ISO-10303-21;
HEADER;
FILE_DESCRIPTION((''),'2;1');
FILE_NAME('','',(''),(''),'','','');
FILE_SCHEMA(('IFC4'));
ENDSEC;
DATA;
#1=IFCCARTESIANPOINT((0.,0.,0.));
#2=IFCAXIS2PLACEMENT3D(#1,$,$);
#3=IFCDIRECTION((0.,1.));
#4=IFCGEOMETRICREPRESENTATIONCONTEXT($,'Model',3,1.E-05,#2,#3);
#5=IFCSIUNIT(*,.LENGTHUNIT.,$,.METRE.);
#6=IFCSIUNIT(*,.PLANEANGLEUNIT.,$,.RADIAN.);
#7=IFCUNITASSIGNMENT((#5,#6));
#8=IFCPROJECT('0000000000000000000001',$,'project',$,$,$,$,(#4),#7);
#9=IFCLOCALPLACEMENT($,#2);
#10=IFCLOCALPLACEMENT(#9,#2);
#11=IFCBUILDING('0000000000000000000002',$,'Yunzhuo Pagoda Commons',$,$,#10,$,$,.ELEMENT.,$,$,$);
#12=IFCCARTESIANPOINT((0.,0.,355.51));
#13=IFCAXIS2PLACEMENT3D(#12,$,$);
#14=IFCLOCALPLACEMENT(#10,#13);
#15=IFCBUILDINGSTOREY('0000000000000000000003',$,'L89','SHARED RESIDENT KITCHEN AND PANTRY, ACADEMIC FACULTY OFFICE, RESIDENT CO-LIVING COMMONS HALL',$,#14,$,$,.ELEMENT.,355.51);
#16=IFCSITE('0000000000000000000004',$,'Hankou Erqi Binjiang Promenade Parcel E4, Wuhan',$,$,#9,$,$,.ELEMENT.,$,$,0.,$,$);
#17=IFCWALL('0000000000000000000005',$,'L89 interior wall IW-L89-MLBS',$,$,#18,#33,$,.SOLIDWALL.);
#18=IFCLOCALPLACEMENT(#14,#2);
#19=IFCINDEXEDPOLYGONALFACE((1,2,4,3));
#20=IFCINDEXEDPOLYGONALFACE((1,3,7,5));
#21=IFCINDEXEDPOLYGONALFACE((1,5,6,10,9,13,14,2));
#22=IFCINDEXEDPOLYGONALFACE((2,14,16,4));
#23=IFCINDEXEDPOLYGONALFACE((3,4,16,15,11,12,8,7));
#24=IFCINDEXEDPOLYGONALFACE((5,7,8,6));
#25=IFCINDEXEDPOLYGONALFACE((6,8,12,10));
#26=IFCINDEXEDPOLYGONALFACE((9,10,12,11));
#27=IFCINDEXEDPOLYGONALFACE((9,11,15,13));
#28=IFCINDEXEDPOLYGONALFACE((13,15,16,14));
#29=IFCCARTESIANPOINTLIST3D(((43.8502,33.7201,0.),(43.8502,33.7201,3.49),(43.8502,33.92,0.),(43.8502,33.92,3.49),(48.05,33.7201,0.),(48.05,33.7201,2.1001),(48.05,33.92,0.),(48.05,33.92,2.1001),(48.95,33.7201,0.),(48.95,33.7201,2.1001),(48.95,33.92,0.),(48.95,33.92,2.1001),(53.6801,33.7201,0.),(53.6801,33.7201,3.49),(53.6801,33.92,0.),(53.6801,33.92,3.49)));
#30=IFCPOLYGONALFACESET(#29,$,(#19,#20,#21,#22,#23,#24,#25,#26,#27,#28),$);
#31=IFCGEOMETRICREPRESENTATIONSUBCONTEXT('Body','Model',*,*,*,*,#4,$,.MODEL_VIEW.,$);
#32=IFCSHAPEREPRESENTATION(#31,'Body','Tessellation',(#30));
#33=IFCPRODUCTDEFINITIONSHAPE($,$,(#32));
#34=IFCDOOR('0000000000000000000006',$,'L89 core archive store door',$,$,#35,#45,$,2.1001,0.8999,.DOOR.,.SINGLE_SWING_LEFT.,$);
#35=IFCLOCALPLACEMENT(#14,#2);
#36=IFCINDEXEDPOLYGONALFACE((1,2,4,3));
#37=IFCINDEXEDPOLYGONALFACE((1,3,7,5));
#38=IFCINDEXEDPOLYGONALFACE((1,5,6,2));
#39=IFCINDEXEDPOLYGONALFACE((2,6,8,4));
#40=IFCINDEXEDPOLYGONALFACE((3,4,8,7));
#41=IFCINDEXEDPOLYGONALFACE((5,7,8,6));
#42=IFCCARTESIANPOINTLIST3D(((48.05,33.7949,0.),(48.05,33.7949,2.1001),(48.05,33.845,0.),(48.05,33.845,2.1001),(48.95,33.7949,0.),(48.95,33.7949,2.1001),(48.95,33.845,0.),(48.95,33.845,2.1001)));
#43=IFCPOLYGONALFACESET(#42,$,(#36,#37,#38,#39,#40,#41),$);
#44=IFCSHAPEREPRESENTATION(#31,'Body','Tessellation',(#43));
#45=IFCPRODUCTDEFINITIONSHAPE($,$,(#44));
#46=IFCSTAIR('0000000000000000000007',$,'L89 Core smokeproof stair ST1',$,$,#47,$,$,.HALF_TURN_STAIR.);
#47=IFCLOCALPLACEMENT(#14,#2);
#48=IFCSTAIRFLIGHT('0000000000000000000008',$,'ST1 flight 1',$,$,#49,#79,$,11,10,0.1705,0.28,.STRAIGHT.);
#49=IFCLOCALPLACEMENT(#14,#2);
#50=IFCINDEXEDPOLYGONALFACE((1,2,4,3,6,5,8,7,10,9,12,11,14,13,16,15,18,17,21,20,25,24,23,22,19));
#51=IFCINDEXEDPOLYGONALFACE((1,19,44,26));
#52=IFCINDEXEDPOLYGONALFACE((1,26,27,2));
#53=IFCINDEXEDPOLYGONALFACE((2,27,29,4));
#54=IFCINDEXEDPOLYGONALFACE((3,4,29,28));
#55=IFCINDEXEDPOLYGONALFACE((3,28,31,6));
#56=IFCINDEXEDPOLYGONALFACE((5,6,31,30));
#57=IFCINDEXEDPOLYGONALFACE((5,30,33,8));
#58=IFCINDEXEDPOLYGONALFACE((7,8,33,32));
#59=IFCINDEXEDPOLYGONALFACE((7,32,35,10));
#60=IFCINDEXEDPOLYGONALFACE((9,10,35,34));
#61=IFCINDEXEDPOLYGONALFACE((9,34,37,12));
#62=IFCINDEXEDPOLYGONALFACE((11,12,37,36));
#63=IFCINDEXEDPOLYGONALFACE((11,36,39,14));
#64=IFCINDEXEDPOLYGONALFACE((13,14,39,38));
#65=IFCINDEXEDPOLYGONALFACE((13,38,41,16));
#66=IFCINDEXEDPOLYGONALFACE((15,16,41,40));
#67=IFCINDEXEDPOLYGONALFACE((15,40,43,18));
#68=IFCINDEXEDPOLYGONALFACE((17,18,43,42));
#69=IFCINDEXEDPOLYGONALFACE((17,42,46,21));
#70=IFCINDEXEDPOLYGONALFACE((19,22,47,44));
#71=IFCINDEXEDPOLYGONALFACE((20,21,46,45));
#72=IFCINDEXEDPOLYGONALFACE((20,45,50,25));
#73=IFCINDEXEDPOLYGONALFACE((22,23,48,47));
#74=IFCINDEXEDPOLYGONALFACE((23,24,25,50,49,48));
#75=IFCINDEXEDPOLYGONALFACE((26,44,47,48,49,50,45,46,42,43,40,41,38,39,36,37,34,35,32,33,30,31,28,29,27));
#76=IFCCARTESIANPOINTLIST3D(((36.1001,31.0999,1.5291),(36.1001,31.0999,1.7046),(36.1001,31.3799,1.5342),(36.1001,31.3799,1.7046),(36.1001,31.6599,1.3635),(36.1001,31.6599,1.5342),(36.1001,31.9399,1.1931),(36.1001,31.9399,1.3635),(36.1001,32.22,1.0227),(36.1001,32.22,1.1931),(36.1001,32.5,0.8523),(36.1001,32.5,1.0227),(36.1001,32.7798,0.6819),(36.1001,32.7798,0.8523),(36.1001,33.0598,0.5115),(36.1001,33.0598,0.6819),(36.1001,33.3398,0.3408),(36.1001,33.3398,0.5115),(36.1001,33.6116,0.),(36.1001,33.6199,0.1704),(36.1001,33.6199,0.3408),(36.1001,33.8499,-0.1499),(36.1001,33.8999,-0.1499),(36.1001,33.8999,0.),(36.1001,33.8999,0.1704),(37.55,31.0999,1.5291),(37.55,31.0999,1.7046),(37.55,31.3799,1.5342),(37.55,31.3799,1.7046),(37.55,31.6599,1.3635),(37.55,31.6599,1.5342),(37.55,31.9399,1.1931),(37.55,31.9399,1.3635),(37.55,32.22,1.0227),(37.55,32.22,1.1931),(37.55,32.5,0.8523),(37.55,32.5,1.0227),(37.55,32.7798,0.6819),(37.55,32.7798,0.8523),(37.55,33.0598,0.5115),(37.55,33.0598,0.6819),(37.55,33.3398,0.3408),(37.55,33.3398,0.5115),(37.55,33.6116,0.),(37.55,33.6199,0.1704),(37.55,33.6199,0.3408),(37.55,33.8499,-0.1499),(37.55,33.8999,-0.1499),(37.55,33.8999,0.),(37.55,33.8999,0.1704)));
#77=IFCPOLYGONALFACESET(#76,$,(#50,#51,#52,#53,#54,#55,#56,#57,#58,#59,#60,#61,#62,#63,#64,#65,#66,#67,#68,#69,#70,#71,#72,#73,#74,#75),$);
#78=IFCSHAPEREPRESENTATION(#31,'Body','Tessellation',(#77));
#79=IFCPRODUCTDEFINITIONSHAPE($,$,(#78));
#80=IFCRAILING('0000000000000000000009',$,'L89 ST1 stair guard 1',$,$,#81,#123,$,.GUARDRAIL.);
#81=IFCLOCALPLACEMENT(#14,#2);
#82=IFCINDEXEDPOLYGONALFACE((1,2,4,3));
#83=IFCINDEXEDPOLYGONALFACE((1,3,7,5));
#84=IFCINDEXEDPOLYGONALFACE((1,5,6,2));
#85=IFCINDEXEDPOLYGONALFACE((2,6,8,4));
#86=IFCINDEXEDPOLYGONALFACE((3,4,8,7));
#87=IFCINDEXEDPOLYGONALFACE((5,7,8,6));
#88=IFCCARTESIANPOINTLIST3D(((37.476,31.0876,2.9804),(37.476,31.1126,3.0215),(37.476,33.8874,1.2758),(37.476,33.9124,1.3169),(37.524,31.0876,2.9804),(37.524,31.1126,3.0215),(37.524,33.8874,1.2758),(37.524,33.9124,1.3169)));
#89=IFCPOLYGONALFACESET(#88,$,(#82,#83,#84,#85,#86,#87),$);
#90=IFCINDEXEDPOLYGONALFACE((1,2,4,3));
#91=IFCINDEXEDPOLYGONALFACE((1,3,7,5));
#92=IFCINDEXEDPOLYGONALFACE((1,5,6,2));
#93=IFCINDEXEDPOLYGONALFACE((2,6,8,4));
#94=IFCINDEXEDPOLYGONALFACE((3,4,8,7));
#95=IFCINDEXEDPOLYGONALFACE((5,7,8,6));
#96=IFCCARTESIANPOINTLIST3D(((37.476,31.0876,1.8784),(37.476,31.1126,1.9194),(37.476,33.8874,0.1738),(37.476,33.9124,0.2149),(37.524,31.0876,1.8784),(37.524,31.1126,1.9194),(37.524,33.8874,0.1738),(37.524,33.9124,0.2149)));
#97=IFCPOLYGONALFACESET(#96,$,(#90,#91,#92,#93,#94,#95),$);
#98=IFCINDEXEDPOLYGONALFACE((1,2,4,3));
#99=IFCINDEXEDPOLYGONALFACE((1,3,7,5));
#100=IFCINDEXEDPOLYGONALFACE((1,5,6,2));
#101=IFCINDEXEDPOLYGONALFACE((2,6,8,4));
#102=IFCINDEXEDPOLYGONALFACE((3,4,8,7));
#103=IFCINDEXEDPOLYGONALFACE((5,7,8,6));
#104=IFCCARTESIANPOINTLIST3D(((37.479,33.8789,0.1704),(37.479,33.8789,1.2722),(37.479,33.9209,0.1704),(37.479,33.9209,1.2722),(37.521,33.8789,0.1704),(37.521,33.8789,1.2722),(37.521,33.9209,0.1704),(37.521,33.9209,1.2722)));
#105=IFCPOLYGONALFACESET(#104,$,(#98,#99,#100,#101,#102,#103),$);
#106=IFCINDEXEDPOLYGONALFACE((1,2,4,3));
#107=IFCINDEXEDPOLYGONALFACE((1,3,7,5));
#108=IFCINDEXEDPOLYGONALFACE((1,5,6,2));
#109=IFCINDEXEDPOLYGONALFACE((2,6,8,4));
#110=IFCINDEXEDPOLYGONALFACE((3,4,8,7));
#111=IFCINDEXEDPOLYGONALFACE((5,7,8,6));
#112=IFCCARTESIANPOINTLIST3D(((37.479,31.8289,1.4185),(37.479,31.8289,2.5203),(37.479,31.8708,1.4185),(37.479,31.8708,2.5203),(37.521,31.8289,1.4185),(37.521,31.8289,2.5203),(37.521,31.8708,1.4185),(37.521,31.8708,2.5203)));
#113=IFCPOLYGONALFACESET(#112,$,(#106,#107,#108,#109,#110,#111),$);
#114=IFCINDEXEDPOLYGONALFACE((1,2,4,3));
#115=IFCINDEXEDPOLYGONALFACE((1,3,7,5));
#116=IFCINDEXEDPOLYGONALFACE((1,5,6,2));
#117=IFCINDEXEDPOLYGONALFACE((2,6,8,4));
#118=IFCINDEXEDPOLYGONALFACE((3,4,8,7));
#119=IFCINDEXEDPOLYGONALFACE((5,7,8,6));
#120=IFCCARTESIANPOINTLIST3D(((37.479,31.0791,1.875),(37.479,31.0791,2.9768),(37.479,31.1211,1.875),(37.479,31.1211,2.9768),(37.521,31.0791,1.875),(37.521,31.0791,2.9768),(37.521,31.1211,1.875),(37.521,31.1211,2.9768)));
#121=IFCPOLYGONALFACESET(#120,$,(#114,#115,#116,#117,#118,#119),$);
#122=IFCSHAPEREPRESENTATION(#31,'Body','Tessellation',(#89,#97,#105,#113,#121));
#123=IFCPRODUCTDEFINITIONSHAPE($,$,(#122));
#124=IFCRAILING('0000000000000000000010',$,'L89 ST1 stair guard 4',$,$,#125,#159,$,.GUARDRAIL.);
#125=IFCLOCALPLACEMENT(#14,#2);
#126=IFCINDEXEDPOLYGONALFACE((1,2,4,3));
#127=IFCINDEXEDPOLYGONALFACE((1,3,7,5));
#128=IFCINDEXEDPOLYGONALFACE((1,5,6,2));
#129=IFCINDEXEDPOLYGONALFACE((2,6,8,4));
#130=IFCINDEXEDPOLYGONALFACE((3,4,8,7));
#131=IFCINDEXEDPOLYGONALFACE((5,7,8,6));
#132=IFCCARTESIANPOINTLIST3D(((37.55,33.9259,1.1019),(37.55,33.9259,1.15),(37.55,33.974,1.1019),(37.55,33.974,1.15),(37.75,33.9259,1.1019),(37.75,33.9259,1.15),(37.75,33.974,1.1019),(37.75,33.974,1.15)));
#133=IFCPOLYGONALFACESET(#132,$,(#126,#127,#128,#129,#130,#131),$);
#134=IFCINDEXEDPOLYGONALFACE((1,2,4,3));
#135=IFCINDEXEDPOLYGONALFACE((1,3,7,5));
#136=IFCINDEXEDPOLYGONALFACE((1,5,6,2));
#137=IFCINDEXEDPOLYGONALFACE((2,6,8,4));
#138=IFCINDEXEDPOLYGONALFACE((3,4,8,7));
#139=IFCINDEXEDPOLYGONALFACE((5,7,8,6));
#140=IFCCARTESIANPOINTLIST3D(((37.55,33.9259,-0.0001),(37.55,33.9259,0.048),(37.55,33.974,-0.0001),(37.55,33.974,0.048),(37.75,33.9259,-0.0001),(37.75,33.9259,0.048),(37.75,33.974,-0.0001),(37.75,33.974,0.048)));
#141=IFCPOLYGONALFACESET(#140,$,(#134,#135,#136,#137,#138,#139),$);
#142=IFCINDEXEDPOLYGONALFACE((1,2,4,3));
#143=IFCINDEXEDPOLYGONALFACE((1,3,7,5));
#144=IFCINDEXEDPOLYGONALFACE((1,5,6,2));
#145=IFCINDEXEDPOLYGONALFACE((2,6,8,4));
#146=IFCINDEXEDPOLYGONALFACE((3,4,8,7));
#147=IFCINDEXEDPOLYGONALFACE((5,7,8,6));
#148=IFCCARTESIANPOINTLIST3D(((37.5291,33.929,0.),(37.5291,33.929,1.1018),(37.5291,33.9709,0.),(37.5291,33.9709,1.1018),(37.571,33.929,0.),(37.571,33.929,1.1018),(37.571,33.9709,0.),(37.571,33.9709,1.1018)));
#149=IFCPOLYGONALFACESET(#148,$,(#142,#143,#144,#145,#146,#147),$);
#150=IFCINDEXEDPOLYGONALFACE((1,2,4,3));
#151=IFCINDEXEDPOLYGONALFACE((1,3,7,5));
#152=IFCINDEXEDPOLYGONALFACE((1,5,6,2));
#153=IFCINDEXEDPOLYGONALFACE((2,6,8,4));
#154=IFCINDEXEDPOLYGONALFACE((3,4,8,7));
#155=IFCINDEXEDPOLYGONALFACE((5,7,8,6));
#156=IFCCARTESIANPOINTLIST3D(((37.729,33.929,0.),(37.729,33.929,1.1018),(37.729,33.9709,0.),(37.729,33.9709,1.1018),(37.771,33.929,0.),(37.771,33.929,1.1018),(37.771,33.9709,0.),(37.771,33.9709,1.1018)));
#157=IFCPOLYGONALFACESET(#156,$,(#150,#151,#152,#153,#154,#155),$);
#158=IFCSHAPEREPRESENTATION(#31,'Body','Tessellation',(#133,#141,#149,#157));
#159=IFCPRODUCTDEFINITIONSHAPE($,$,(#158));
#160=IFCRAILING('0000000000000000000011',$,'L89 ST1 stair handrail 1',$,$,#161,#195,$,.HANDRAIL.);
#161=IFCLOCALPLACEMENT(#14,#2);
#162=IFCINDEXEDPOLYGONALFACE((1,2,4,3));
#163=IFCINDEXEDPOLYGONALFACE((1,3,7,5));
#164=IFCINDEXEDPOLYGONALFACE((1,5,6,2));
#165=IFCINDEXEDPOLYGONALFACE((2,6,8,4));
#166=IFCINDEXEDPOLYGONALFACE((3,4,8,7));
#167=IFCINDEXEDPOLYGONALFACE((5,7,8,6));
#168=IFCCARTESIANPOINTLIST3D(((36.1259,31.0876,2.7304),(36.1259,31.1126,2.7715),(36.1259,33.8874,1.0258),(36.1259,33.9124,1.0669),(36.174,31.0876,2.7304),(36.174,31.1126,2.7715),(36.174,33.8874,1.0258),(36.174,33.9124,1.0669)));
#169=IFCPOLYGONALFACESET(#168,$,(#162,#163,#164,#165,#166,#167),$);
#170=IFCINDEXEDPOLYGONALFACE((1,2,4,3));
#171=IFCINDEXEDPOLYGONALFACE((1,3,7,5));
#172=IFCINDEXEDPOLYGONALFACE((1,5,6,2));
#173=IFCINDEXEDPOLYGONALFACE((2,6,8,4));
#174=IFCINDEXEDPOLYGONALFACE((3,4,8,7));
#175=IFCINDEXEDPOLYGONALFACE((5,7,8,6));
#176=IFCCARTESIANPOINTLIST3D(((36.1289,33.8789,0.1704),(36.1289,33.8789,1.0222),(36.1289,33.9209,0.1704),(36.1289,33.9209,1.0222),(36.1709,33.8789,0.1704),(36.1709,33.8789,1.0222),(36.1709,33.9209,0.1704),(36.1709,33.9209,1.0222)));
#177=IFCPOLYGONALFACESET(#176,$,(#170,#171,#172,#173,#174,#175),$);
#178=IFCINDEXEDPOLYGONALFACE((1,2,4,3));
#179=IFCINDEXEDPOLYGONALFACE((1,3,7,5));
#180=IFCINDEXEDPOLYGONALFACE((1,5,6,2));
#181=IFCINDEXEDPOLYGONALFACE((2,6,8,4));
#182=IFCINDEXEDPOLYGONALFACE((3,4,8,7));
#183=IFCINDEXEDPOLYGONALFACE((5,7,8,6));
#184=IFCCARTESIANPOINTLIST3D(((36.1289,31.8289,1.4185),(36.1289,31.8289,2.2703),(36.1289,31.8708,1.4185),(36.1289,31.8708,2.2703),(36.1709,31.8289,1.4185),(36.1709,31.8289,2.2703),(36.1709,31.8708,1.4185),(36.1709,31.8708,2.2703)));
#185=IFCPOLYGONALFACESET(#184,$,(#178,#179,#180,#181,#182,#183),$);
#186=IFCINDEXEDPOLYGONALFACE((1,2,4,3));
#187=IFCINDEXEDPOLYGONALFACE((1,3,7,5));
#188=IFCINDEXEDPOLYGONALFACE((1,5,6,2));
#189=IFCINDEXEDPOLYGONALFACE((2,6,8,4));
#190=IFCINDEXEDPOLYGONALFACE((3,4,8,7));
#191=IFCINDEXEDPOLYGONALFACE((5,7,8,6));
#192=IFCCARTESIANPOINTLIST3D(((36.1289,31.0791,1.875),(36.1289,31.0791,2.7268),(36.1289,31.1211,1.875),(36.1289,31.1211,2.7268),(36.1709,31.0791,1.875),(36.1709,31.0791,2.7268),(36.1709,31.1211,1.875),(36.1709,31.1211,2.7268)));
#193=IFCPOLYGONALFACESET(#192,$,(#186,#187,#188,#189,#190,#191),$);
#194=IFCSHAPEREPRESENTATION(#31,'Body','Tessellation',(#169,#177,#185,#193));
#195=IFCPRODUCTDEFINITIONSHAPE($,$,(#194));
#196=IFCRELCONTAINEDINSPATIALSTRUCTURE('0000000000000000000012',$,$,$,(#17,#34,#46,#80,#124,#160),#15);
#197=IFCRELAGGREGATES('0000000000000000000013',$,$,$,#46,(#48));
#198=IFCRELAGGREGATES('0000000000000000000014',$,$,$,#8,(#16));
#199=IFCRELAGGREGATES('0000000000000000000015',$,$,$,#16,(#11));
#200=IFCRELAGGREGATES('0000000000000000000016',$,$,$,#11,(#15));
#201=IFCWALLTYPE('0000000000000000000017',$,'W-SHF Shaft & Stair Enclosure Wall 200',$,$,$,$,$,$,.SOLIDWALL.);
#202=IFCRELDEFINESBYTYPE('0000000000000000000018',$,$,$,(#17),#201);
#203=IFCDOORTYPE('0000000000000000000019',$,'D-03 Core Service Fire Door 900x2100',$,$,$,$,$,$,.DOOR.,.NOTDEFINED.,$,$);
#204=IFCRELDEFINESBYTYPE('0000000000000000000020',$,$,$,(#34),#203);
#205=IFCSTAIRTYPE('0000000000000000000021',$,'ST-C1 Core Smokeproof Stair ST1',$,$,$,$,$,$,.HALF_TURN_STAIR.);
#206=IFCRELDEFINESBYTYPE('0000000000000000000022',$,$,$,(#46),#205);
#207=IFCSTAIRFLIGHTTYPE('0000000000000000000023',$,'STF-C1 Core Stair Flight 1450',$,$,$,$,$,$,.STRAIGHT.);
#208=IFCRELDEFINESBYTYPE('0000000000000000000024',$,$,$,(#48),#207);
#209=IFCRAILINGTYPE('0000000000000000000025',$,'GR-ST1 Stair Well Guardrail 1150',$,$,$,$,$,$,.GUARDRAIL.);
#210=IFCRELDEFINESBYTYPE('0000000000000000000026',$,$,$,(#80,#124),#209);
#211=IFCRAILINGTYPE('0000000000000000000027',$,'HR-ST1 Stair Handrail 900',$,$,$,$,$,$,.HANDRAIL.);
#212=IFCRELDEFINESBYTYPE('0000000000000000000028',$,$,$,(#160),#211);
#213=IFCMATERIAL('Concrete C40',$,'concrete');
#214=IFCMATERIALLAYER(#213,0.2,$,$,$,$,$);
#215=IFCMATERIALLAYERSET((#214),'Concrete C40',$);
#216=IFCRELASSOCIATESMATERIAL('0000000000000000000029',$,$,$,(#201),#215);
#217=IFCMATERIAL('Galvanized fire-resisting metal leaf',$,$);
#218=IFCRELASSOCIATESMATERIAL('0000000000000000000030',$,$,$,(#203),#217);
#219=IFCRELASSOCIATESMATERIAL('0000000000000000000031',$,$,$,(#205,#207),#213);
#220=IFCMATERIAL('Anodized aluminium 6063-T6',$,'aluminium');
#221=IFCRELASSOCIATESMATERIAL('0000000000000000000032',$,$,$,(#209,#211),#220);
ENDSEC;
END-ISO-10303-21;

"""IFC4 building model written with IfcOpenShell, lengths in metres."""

from ifc_helpers import new_model, si_unit, direction, frame, frame_2d, origin, origin_with_axes, origin_2d, place, context, subcontext, project, spatial, polyline, rectangle, outline, extrude, source, transform, mapped, material, layer, layer_set, type_object, element, fill, aggregate, save


model = new_model("IFC4")

# Units and contexts
model_context = context("Model", 3, precision=1e-05, world=origin(), true_north=direction((0.0, 1.0)))
body_context = subcontext(model_context, "Body", "Model", "MODEL_VIEW")
ifc_project = project(units=[si_unit("LENGTHUNIT", "METRE"), si_unit("PLANEANGLEUNIT", "RADIAN")], contexts=[model_context])

# Site, building, storey
site_placement = place(None, origin())
site = spatial("IfcSite", under=ifc_project, at=site_placement, Name="Hankou Erqi Binjiang Promenade Parcel E4, Wuhan", CompositionType="ELEMENT", RefElevation=0.0)
building_placement = place(site_placement, origin())
building = spatial("IfcBuilding", under=site, at=building_placement, Name="Yunzhuo Pagoda Commons", CompositionType="ELEMENT")
storey_placement = place(building_placement, frame((0.0, 0.0, 355.51)))
storey = spatial("IfcBuildingStorey", under=building, at=storey_placement, Name="L89", Description="SHARED RESIDENT KITCHEN AND PANTRY, ACADEMIC FACULTY OFFICE, RESIDENT CO-LIVING COMMONS HALL", CompositionType="ELEMENT", Elevation=355.51)

# Shared definitions
ifc_material_1 = material(Name="Galvanized fire-resisting metal leaf")
ifc_material_2 = material(Name="Concrete C40", Category="concrete")
ifc_layer_1 = layer(ifc_material_2, 0.2)
ifc_layer_set_1 = layer_set([ifc_layer_1], Name="Concrete C40")
wall_type_1 = type_object("IfcWallType", Name="W-SHF Shaft & Stair Enclosure Wall 200", PredefinedType="SOLIDWALL", material=ifc_layer_set_1)

# Wall, opening, door
door_type_1 = type_object("IfcDoorType", Name="D-03 Core Service Fire Door 900x2100", OperationType="NOTDEFINED", PredefinedType="DOOR", material=ifc_material_1)
shared_shape_1 = source(origin(), body_context, "Body", "SweptSolid", [
    extrude(rectangle(XDim=0.8999, YDim=2.1001, at=frame_2d((0.45, 1.05))), frame((0.0, 0.0249, 0.0), z_axis=(0.0, -1.0, 0.0), x_axis=(1.0, 0.0, 0.0)), (0.0, 0.0, 1.0), 0.05),
])
wall_1_placement = place(storey_placement, frame((43.8501, 33.8201, 0.0), z_axis=(0.0, 0.0, 1.0), x_axis=(1.0, 0.0, 0.0)))
wall_1 = element("IfcWall", 1, at=wall_1_placement, inside=storey, type_object=wall_type_1, Name="L89 interior wall IW-L89-MLBS", PredefinedType="SOLIDWALL", context=body_context, shape_type="SweptSolid", body=[
    extrude(rectangle(XDim=9.8298, YDim=0.2, at=frame_2d((4.915, 0.0))), origin(), (0.0, 0.0, 1.0), 3.49),
])
opening_1_placement = place(wall_1_placement, frame((4.2, 0.0, 0.0)))
opening_1 = element("IfcOpeningElement", 2, at=opening_1_placement, cuts=wall_1, PredefinedType="OPENING", context=body_context, shape_type="SweptSolid", body=[
    extrude(rectangle(XDim=0.8999, YDim=2.1001, at=frame_2d((0.45, 1.05))), frame((0.0, 0.1099, 0.0), z_axis=(0.0, -1.0, 0.0), x_axis=(1.0, 0.0, 0.0)), (0.0, 0.0, 1.0), 0.22),
])
door_1_placement = place(opening_1_placement, origin_with_axes())
door_1 = element("IfcDoor", 3, at=door_1_placement, inside=storey, type_object=door_type_1, Name="L89 core archive store door", OperationType="SINGLE_SWING_LEFT", OverallHeight=2.1001, OverallWidth=0.8999, PredefinedType="DOOR", context=body_context, shape_type="MappedRepresentation", body=[
    mapped(shared_shape_1, transform((0.0, 0.0, 0.0), scale=1.0)),
])
fill(opening_1, door_1)

# Stair, stair flight
stair_type = type_object("IfcStairType", Name="ST-C1 Core Smokeproof Stair ST1", PredefinedType="HALF_TURN_STAIR", material=ifc_material_2)
stair_placement = place(storey_placement, origin())
stair = element("IfcStair", 4, at=stair_placement, inside=storey, type_object=stair_type, Name="L89 Core smokeproof stair ST1", PredefinedType="HALF_TURN_STAIR")
stair_flight_type = type_object("IfcStairFlightType", Name="STF-C1 Core Stair Flight 1450", PredefinedType="STRAIGHT", material=ifc_material_2)
shared_shape_2 = source(origin(), body_context, "Body", "SweptSolid", [
    extrude(outline(polyline([(0.0, -0.1499), (0.0, 0.0), (0.0, 0.1704), (0.28, 0.1704), (0.28, 0.3408), (0.5601, 0.3408), (0.5601, 0.5115), (0.8401, 0.5115), (0.8401, 0.6819), (1.1201, 0.6819), (1.1201, 0.8523), (1.3999, 0.8523), (1.3999, 1.0227), (1.6799, 1.0227), (1.6799, 1.1931), (1.96, 1.1931), (1.96, 1.3635), (2.24, 1.3635), (2.24, 1.5342), (2.52, 1.5342), (2.52, 1.7046), (2.8, 1.7046), (2.8, 1.875), (2.8, 1.5291), (0.2883, 0.0), (0.05, -0.1499), (0.0, -0.1499)])), frame((0.0, 0.7251, 0.0), z_axis=(0.0, -1.0, 0.0), x_axis=(1.0, 0.0, 0.0)), (0.0, 0.0, 1.0), 1.45),
])
stair_flight_placement = place(storey_placement, frame((36.825, 33.8999, 0.0), z_axis=(0.0, 0.0, 1.0), x_axis=(0.0, -1.0, 0.0)))
stair_flight = element("IfcStairFlight", 5, at=stair_flight_placement, type_object=stair_flight_type, Name="ST1 flight 1", NumberOfRisers=11, NumberOfTreads=10, PredefinedType="STRAIGHT", RiserHeight=0.1705, TreadLength=0.28, context=body_context, shape_type="MappedRepresentation", body=[
    mapped(shared_shape_2, transform((0.0, 0.0, 0.0), scale=1.0)),
])
aggregate(stair, [stair_flight])

# Railings
ifc_material_3 = material(Name="Anodized aluminium 6063-T6", Category="aluminium")
railing_type_1 = type_object("IfcRailingType", Name="GR-ST1 Stair Well Guardrail 1150", PredefinedType="GUARDRAIL", material=ifc_material_3)
railing_1_placement = place(storey_placement, frame((37.5, 33.8999, 0.1704)))
element("IfcRailing", 6, at=railing_1_placement, inside=storey, type_object=railing_type_1, Name="L89 ST1 stair guard 1", PredefinedType="GUARDRAIL", context=body_context, shape_type="SweptSolid", body=[
    extrude(rectangle(XDim=0.0481, YDim=0.0481, at=origin_2d()), frame((0.0, 0.0, 1.126), z_axis=(0.0, -0.85415, 0.520027), x_axis=(1.0, 0.0, 0.0)), (0.0, 0.0, 1.0), 3.2778),
    extrude(rectangle(XDim=0.0481, YDim=0.0481, at=origin_2d()), frame((0.0, 0.0, 0.0239), z_axis=(0.0, -0.85415, 0.520027), x_axis=(1.0, 0.0, 0.0)), (0.0, 0.0, 1.0), 3.2778),
    extrude(rectangle(XDim=0.042, YDim=0.042, at=origin_2d()), origin(), (0.0, 0.0, 1.0), 1.1018),
    extrude(rectangle(XDim=0.042, YDim=0.042, at=origin_2d()), frame((0.0, -2.05, 1.248)), (0.0, 0.0, 1.0), 1.1018),
    extrude(rectangle(XDim=0.042, YDim=0.042, at=origin_2d()), frame((0.0, -2.7998, 1.7046)), (0.0, 0.0, 1.0), 1.1018),
])
railing_2_placement = place(storey_placement, frame((37.55, 33.95, 0.0)))
element("IfcRailing", 7, at=railing_2_placement, inside=storey, type_object=railing_type_1, Name="L89 ST1 stair guard 4", PredefinedType="GUARDRAIL", context=body_context, shape_type="SweptSolid", body=[
    extrude(rectangle(XDim=0.0481, YDim=0.0481, at=origin_2d()), frame((0.0, 0.0, 1.126), z_axis=(1.0, 0.0, 0.0), x_axis=(0.0, 1.0, 0.0)), (0.0, 0.0, 1.0), 0.2),
    extrude(rectangle(XDim=0.0481, YDim=0.0481, at=origin_2d()), frame((0.0, 0.0, 0.0239), z_axis=(1.0, 0.0, 0.0), x_axis=(0.0, 1.0, 0.0)), (0.0, 0.0, 1.0), 0.2),
    extrude(rectangle(XDim=0.042, YDim=0.042, at=origin_2d()), origin(), (0.0, 0.0, 1.0), 1.1018),
    extrude(rectangle(XDim=0.042, YDim=0.042, at=origin_2d()), frame((0.2, 0.0, 0.0)), (0.0, 0.0, 1.0), 1.1018),
])
railing_type_2 = type_object("IfcRailingType", Name="HR-ST1 Stair Handrail 900", PredefinedType="HANDRAIL", material=ifc_material_3)
railing_3_placement = place(storey_placement, frame((36.1499, 33.8999, 0.1704)))
element("IfcRailing", 8, at=railing_3_placement, inside=storey, type_object=railing_type_2, Name="L89 ST1 stair handrail 1", PredefinedType="HANDRAIL", context=body_context, shape_type="SweptSolid", body=[
    extrude(rectangle(XDim=0.0481, YDim=0.0481, at=origin_2d()), frame((0.0, 0.0, 0.876), z_axis=(0.0, -0.85415, 0.520027), x_axis=(1.0, 0.0, 0.0)), (0.0, 0.0, 1.0), 3.2778),
    extrude(rectangle(XDim=0.042, YDim=0.042, at=origin_2d()), origin(), (0.0, 0.0, 1.0), 0.8518),
    extrude(rectangle(XDim=0.042, YDim=0.042, at=origin_2d()), frame((0.0, -2.05, 1.248)), (0.0, 0.0, 1.0), 0.8518),
    extrude(rectangle(XDim=0.042, YDim=0.042, at=origin_2d()), frame((0.0, -2.7998, 1.7046)), (0.0, 0.0, 1.0), 0.8518),
])

save(model, "model.ifc")
